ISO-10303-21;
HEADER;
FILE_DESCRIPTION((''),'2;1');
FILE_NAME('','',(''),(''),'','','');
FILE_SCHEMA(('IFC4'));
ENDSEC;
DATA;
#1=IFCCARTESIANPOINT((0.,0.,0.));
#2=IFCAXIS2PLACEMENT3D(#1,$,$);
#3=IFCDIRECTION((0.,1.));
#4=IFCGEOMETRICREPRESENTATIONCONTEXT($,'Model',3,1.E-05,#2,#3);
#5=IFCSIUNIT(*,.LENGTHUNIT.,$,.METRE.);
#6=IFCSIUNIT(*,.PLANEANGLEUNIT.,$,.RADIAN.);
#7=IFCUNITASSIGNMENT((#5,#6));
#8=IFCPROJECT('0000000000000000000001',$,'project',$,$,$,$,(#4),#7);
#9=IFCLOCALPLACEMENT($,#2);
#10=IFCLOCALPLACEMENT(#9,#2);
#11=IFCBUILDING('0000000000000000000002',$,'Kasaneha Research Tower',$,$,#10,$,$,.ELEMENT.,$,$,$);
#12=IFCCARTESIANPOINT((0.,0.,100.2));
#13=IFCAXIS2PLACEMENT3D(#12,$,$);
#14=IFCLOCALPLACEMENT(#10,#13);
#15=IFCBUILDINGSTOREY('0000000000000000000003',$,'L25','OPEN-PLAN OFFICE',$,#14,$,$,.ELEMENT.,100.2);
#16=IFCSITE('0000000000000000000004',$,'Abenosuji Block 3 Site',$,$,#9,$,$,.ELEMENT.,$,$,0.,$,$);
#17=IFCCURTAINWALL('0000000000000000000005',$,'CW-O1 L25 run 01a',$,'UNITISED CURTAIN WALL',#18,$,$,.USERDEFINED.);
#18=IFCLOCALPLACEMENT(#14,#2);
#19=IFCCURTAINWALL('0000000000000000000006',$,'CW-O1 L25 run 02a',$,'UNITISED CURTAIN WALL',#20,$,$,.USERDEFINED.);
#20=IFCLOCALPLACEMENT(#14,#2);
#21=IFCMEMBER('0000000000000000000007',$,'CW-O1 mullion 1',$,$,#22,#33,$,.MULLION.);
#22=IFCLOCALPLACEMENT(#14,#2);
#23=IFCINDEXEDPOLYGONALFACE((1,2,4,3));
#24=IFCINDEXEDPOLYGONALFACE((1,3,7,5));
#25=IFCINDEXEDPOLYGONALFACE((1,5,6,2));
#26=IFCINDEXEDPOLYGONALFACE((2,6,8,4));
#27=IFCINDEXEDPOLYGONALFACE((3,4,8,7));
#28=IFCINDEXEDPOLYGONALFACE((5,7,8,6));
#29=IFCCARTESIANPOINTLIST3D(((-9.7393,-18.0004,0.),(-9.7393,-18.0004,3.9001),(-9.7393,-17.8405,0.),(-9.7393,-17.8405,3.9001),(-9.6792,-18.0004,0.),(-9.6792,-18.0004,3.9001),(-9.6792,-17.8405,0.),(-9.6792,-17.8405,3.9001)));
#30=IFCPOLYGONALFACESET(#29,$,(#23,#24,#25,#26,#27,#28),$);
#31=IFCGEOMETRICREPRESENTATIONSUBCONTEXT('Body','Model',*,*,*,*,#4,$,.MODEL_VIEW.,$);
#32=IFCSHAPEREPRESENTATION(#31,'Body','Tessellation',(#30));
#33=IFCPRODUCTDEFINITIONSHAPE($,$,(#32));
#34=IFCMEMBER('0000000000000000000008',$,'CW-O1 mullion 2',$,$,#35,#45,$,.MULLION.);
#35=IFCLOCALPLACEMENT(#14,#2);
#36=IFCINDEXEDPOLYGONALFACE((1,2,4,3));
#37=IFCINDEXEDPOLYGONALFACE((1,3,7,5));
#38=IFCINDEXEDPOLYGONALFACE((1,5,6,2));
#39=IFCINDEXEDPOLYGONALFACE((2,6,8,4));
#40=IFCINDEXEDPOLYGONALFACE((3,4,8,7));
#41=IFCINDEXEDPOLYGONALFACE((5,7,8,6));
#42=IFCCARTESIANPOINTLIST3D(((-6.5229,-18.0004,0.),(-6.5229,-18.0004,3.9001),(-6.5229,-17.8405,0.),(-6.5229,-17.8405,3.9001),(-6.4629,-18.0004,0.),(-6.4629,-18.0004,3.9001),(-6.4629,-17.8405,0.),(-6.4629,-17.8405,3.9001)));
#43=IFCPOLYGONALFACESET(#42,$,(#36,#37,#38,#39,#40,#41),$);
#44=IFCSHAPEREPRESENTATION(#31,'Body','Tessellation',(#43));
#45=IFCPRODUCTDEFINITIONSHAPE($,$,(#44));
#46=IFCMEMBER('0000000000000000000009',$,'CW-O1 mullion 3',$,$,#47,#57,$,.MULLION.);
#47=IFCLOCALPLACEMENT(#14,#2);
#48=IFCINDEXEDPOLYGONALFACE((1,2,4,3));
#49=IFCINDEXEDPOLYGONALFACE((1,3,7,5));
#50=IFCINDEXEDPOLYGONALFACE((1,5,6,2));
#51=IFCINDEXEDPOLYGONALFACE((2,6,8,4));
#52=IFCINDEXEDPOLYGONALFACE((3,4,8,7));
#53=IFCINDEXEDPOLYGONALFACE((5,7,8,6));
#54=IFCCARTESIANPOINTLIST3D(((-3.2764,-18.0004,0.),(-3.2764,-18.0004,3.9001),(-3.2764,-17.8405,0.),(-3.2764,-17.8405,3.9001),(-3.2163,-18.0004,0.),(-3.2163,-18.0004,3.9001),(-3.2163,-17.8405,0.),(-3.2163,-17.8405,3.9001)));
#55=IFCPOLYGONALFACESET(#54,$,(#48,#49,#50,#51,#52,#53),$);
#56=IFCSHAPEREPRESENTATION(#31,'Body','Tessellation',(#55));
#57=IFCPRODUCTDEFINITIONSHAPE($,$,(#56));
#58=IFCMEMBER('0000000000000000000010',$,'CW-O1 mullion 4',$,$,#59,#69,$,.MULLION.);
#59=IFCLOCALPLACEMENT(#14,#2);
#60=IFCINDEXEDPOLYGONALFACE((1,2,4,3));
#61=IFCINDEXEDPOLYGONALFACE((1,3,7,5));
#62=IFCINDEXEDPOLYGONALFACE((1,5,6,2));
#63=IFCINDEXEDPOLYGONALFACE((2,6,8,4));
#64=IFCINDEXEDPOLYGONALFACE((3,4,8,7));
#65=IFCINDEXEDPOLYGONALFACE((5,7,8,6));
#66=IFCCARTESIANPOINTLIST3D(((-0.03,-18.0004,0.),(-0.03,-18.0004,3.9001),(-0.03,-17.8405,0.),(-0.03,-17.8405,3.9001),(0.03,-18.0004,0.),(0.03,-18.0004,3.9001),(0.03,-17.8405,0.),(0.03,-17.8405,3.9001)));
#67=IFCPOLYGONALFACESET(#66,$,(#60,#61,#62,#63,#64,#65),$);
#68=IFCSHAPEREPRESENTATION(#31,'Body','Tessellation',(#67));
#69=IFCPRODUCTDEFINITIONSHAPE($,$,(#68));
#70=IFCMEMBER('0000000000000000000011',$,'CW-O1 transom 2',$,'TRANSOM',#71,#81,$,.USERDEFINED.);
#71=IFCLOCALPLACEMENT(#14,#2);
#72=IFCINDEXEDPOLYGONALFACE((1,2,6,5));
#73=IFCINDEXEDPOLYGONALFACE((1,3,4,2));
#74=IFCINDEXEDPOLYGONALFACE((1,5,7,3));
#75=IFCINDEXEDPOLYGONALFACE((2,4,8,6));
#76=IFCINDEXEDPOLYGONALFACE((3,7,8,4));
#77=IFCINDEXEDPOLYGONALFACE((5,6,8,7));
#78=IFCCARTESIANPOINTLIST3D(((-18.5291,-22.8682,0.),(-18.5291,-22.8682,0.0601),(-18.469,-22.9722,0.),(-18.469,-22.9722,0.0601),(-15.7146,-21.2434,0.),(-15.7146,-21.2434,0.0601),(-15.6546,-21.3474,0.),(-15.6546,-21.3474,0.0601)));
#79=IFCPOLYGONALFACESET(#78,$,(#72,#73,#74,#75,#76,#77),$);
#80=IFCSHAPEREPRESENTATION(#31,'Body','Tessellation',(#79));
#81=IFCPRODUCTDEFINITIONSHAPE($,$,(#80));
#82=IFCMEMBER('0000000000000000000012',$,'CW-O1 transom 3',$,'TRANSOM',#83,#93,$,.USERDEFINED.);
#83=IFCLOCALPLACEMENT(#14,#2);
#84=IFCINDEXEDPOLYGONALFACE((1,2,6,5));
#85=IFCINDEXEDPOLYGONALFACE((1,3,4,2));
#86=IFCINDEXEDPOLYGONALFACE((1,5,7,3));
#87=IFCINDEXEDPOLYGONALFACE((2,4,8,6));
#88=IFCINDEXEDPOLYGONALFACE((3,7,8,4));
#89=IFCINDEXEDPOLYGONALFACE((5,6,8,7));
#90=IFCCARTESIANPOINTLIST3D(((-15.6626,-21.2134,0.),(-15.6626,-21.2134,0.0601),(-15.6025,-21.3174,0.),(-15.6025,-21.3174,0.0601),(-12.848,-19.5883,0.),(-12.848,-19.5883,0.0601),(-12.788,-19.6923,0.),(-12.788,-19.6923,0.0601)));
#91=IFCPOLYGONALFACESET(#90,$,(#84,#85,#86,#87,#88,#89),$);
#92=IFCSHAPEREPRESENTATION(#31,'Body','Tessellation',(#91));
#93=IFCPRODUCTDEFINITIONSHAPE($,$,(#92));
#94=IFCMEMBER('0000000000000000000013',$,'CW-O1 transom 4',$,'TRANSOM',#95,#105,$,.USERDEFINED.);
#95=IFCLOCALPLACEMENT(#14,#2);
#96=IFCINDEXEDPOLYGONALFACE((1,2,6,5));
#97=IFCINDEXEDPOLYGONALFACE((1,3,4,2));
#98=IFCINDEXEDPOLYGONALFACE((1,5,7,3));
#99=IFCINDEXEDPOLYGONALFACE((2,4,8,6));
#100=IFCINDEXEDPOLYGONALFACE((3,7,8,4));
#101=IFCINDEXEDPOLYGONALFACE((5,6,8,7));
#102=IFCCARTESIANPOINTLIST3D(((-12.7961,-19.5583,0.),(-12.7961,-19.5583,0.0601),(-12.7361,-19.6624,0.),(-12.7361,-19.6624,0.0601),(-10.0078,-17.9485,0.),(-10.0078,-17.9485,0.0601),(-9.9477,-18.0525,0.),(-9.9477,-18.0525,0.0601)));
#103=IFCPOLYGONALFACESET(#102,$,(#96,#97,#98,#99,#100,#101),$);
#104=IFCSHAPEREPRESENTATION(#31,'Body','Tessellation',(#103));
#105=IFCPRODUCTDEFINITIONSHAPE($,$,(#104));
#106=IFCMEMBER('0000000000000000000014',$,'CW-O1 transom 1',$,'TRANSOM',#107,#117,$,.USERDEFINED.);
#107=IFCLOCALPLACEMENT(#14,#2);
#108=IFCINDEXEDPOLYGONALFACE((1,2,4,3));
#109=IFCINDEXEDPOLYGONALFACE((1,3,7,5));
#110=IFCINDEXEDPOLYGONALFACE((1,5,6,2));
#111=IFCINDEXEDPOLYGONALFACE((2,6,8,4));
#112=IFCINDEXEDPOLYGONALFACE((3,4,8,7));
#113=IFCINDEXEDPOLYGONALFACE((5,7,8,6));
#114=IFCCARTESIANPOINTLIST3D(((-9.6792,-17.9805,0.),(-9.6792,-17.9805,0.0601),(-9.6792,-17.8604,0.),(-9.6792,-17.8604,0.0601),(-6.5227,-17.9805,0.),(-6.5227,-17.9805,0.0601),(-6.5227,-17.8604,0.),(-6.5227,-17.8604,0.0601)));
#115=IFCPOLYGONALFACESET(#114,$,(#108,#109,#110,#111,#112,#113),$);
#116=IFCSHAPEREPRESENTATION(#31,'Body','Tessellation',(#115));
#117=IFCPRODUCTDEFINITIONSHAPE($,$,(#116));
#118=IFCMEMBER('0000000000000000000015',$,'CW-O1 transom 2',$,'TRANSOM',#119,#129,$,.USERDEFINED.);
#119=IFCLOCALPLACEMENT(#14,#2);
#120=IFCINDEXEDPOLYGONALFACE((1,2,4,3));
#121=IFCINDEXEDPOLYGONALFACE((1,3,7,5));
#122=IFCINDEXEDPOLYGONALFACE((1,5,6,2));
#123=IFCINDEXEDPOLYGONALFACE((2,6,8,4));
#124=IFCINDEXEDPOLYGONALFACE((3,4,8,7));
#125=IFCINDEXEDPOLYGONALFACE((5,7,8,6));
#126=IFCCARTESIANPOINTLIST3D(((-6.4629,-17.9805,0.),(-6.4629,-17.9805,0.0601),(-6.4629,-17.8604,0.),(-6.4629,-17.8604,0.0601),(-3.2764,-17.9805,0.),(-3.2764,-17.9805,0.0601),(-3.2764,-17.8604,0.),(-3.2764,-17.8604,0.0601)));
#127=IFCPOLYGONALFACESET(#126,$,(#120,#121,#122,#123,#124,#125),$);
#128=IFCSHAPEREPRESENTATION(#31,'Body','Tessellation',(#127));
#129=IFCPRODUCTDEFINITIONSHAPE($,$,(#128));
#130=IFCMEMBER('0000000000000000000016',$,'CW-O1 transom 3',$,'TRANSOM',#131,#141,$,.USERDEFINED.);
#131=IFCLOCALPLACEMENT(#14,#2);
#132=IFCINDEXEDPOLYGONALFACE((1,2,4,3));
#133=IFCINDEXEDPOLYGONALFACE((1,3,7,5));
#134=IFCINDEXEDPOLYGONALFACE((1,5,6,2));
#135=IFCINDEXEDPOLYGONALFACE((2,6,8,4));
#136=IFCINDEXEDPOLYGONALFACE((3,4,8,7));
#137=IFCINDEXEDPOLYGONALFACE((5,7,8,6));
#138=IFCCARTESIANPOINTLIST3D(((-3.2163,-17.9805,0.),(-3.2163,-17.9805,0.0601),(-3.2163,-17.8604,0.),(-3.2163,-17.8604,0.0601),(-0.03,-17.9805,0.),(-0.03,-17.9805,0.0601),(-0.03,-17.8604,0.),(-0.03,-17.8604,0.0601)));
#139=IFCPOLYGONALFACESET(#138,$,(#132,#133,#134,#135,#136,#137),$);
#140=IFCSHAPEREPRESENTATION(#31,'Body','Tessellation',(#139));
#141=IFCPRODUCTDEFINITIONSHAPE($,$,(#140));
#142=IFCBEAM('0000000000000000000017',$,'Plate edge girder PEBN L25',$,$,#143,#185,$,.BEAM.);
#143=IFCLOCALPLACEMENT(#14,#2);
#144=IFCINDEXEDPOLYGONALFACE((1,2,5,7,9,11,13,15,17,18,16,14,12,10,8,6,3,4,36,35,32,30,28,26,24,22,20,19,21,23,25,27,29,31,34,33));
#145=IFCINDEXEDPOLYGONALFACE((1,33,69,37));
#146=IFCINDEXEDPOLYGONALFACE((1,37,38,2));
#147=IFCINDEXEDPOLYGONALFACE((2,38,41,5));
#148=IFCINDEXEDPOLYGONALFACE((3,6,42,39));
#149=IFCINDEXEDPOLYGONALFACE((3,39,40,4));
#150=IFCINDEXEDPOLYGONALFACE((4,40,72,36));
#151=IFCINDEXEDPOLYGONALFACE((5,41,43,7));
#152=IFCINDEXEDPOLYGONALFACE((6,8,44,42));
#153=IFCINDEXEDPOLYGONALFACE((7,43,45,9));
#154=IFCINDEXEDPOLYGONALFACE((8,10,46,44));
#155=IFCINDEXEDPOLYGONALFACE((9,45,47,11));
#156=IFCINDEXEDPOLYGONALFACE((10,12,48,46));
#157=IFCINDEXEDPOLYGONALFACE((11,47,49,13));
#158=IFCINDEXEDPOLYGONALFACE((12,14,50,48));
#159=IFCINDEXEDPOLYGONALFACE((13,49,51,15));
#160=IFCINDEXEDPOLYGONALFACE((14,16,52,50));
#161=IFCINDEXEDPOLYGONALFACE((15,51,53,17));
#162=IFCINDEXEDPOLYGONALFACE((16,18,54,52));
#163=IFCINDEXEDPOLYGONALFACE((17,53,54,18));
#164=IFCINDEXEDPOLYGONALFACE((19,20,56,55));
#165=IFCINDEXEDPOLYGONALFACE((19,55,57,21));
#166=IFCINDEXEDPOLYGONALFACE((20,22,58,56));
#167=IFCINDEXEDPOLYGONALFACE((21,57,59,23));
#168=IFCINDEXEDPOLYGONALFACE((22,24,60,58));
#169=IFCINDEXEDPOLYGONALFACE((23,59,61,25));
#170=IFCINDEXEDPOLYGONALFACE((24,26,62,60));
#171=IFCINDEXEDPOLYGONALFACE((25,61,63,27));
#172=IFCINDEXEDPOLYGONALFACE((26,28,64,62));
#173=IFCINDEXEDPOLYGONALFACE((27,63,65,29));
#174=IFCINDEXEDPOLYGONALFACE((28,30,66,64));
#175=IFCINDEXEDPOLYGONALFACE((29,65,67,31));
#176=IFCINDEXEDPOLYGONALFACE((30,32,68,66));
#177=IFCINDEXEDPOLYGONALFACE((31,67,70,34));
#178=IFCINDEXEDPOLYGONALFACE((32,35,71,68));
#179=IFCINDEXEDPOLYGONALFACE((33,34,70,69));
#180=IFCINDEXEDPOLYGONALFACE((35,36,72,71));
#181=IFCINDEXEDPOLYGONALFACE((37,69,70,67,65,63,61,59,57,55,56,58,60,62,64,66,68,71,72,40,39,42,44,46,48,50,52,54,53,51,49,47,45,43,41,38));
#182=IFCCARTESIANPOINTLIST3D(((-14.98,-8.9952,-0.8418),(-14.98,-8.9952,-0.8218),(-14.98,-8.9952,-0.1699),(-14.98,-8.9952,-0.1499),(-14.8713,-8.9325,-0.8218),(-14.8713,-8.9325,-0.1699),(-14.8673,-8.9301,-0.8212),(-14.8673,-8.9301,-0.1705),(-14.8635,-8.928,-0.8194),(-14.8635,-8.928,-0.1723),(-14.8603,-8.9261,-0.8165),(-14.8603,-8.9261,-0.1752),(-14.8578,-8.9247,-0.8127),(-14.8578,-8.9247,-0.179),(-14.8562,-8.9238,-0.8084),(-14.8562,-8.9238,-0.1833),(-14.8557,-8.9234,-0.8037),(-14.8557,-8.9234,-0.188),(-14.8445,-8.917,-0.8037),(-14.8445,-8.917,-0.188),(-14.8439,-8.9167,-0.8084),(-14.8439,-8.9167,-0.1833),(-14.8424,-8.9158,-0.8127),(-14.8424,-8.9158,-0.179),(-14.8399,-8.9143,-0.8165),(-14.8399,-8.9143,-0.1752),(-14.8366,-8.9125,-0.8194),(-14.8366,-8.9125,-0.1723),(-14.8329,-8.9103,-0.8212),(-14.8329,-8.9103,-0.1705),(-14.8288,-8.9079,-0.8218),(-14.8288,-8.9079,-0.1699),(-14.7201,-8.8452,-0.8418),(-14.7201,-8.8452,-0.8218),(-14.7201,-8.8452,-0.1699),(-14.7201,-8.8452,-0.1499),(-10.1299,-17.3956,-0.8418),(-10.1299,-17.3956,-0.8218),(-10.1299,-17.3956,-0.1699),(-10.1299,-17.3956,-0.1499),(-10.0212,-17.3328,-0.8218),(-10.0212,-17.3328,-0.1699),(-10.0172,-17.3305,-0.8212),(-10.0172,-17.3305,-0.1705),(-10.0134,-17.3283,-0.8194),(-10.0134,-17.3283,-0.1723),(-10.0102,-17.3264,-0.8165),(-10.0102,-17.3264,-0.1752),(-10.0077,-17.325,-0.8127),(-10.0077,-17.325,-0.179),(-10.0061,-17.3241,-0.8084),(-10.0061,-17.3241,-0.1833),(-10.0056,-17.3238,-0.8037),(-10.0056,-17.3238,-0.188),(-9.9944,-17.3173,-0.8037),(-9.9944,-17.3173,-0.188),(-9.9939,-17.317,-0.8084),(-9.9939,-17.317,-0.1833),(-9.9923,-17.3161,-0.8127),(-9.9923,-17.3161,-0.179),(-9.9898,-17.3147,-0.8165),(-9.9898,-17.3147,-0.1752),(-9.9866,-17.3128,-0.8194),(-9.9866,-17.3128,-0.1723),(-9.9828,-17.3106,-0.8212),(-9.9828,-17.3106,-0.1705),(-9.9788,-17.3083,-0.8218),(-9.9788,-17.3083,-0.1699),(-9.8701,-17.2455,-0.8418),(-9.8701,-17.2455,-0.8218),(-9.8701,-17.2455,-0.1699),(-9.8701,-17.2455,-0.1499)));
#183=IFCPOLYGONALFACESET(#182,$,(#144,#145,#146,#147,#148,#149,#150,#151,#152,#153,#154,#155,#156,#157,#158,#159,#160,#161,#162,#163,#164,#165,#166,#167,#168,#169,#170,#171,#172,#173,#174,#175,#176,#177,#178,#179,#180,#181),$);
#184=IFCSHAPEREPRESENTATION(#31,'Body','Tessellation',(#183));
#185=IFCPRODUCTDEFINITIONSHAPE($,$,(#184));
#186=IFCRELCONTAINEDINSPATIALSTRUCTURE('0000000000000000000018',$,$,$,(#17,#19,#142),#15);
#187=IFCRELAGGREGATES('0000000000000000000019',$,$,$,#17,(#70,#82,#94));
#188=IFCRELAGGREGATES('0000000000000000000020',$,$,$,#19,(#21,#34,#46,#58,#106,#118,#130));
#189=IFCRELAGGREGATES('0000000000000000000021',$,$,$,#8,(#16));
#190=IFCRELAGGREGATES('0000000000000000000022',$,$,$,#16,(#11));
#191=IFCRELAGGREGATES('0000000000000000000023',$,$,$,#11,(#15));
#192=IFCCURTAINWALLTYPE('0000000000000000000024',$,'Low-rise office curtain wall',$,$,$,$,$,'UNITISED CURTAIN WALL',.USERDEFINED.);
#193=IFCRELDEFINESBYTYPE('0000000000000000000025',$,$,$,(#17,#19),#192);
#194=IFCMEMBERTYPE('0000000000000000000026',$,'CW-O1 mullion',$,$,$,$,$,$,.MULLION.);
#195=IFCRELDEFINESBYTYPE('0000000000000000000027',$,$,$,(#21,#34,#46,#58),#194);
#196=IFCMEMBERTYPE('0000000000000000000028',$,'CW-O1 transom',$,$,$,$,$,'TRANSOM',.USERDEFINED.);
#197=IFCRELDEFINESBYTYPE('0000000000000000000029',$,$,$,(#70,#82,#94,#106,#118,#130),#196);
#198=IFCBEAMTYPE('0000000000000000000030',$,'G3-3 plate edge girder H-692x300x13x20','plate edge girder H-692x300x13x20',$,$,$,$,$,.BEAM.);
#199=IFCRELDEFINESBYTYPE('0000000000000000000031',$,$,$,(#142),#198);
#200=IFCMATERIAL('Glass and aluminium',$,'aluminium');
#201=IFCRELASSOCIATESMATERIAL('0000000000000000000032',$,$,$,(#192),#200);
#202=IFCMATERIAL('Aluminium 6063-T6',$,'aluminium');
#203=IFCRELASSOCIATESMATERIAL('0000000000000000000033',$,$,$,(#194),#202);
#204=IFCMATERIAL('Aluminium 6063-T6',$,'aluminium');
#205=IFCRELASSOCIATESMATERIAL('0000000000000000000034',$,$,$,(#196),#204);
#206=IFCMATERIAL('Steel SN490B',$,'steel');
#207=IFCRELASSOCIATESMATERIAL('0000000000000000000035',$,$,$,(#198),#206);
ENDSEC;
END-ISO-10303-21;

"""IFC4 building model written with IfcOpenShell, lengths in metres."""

from ifc_helpers import new_model, si_unit, direction, frame, origin, origin_2d, place, context, subcontext, project, spatial, rectangle, i_section, extrude, material, material_profile, profile_set, type_object, element, aggregate, save


model = new_model("IFC4")

# Units and contexts
model_context = context("Model", 3, precision=1e-05, world=origin(), true_north=direction((0.0, 1.0)))
body_context = subcontext(model_context, "Body", "Model", "MODEL_VIEW")
ifc_project = project(units=[si_unit("LENGTHUNIT", "METRE"), si_unit("PLANEANGLEUNIT", "RADIAN")], contexts=[model_context])

# Site, building, storey
site_placement = place(None, origin())
site = spatial("IfcSite", under=ifc_project, at=site_placement, Name="Abenosuji Block 3 Site", CompositionType="ELEMENT", RefElevation=0.0)
building_placement = place(site_placement, origin())
building = spatial("IfcBuilding", under=site, at=building_placement, Name="Kasaneha Research Tower", CompositionType="ELEMENT")
storey_placement = place(building_placement, frame((0.0, 0.0, 100.2)))
storey = spatial("IfcBuildingStorey", under=building, at=storey_placement, Name="L25", Description="OPEN-PLAN OFFICE", CompositionType="ELEMENT", Elevation=100.2)

# Curtain walls, members
ifc_material_1 = material(Name="Glass and aluminium", Category="aluminium")
curtain_wall_type = type_object("IfcCurtainWallType", Name="Low-rise office curtain wall", ElementType="UNITISED CURTAIN WALL", PredefinedType="USERDEFINED", material=ifc_material_1)
curtain_wall_1_placement = place(storey_placement, origin())
curtain_wall_1 = element("IfcCurtainWall", 1, at=curtain_wall_1_placement, inside=storey, type_object=curtain_wall_type, Name="CW-O1 L25 run 01a", ObjectType="UNITISED CURTAIN WALL", PredefinedType="USERDEFINED")
ifc_material_2 = material(Name="Aluminium 6063-T6", Category="aluminium")
ifc_material_profile_1 = material_profile(ifc_material_2, rectangle(XDim=0.0601, YDim=0.1599, at=origin_2d()), Name="CW-O1 mullion 60x160")
ifc_profile_set_1 = profile_set([ifc_material_profile_1], Name="Aluminium 6063-T6")
member_type_1 = type_object("IfcMemberType", Name="CW-O1 mullion", PredefinedType="MULLION", material=ifc_profile_set_1)
curtain_wall_2_placement = place(storey_placement, origin())
curtain_wall_2 = element("IfcCurtainWall", 2, at=curtain_wall_2_placement, inside=storey, type_object=curtain_wall_type, Name="CW-O1 L25 run 02a", ObjectType="UNITISED CURTAIN WALL", PredefinedType="USERDEFINED")
member_1_placement = place(storey_placement, frame((-9.7092, -17.9204, 0.0), z_axis=(0.0, 0.0, 1.0), x_axis=(1.0, 0.0, 0.0)))
member_1 = element("IfcMember", 3, at=member_1_placement, type_object=member_type_1, Name="CW-O1 mullion 1", PredefinedType="MULLION", context=body_context, shape_type="SweptSolid", body=[
    extrude(rectangle(XDim=0.0601, YDim=0.1599, at=origin_2d()), origin(), (0.0, 0.0, 1.0), 3.9001),
])
member_2_placement = place(storey_placement, frame((-6.4929, -17.9204, 0.0), z_axis=(0.0, 0.0, 1.0), x_axis=(1.0, 0.0, 0.0)))
member_2 = element("IfcMember", 4, at=member_2_placement, type_object=member_type_1, Name="CW-O1 mullion 2", PredefinedType="MULLION", context=body_context, shape_type="SweptSolid", body=[
    extrude(rectangle(XDim=0.0601, YDim=0.1599, at=origin_2d()), origin(), (0.0, 0.0, 1.0), 3.9001),
])
member_3_placement = place(storey_placement, frame((-3.2463, -17.9204, 0.0), z_axis=(0.0, 0.0, 1.0), x_axis=(1.0, 0.0, 0.0)))
member_3 = element("IfcMember", 5, at=member_3_placement, type_object=member_type_1, Name="CW-O1 mullion 3", PredefinedType="MULLION", context=body_context, shape_type="SweptSolid", body=[
    extrude(rectangle(XDim=0.0601, YDim=0.1599, at=origin_2d()), origin(), (0.0, 0.0, 1.0), 3.9001),
])
member_4_placement = place(storey_placement, frame((0.0, -17.9204, 0.0), z_axis=(0.0, 0.0, 1.0), x_axis=(1.0, 0.0, 0.0)))
member_4 = element("IfcMember", 6, at=member_4_placement, type_object=member_type_1, Name="CW-O1 mullion 4", PredefinedType="MULLION", context=body_context, shape_type="SweptSolid", body=[
    extrude(rectangle(XDim=0.0601, YDim=0.1599, at=origin_2d()), origin(), (0.0, 0.0, 1.0), 3.9001),
])

# Members
ifc_material_3 = material(Name="Aluminium 6063-T6", Category="aluminium")
ifc_material_profile_2 = material_profile(ifc_material_3, rectangle(XDim=0.1201, YDim=0.0601, at=origin_2d()), Name="CW-O1 transom 120x60")
ifc_profile_set_2 = profile_set([ifc_material_profile_2], Name="Aluminium 6063-T6")
member_type_2 = type_object("IfcMemberType", Name="CW-O1 transom", ElementType="TRANSOM", PredefinedType="USERDEFINED", material=ifc_profile_set_2)
member_5_placement = place(storey_placement, frame((-18.499, -22.9202, 0.03), z_axis=(0.866048, 0.499961, 0.0), x_axis=(-0.499961, 0.866048, 0.0)))
member_5 = element("IfcMember", 7, at=member_5_placement, type_object=member_type_2, Name="CW-O1 transom 2", ObjectType="TRANSOM", PredefinedType="USERDEFINED", context=body_context, shape_type="SweptSolid", body=[
    extrude(rectangle(XDim=0.1201, YDim=0.0601, at=origin_2d()), origin(), (0.0, 0.0, 1.0), 3.2498),
])
member_6_placement = place(storey_placement, frame((-15.6326, -21.2654, 0.03), z_axis=(0.866015, 0.500017, 0.0), x_axis=(-0.500017, 0.866015, 0.0)))
member_6 = element("IfcMember", 8, at=member_6_placement, type_object=member_type_2, Name="CW-O1 transom 3", ObjectType="TRANSOM", PredefinedType="USERDEFINED", context=body_context, shape_type="SweptSolid", body=[
    extrude(rectangle(XDim=0.1201, YDim=0.0601, at=origin_2d()), origin(), (0.0, 0.0, 1.0), 3.25),
])
member_7_placement = place(storey_placement, frame((-12.7661, -19.6104, 0.03), z_axis=(0.866023, 0.500005, 0.0), x_axis=(-0.500005, 0.866023, 0.0)))
member_7 = element("IfcMember", 9, at=member_7_placement, type_object=member_type_2, Name="CW-O1 transom 4", ObjectType="TRANSOM", PredefinedType="USERDEFINED", context=body_context, shape_type="SweptSolid", body=[
    extrude(rectangle(XDim=0.1201, YDim=0.0601, at=origin_2d()), origin(), (0.0, 0.0, 1.0), 3.2197),
])
member_8_placement = place(storey_placement, frame((-9.6792, -17.9204, 0.03), z_axis=(1.0, 0.0, 0.0), x_axis=(0.0, 1.0, 0.0)))
member_8 = element("IfcMember", 10, at=member_8_placement, type_object=member_type_2, Name="CW-O1 transom 1", ObjectType="TRANSOM", PredefinedType="USERDEFINED", context=body_context, shape_type="SweptSolid", body=[
    extrude(rectangle(XDim=0.1201, YDim=0.0601, at=origin_2d()), origin(), (0.0, 0.0, 1.0), 3.1565),
])
member_9_placement = place(storey_placement, frame((-6.4629, -17.9204, 0.03), z_axis=(1.0, 0.0, 0.0), x_axis=(0.0, 1.0, 0.0)))
member_9 = element("IfcMember", 11, at=member_9_placement, type_object=member_type_2, Name="CW-O1 transom 2", ObjectType="TRANSOM", PredefinedType="USERDEFINED", context=body_context, shape_type="SweptSolid", body=[
    extrude(rectangle(XDim=0.1201, YDim=0.0601, at=origin_2d()), origin(), (0.0, 0.0, 1.0), 3.1865),
])
member_10_placement = place(storey_placement, frame((-3.2163, -17.9204, 0.03), z_axis=(1.0, 0.0, 0.0), x_axis=(0.0, 1.0, 0.0)))
member_10 = element("IfcMember", 12, at=member_10_placement, type_object=member_type_2, Name="CW-O1 transom 3", ObjectType="TRANSOM", PredefinedType="USERDEFINED", context=body_context, shape_type="SweptSolid", body=[
    extrude(rectangle(XDim=0.1201, YDim=0.0601, at=origin_2d()), origin(), (0.0, 0.0, 1.0), 3.1863),
])

# Beam
ifc_material_4 = material(Name="Steel SN490B", Category="steel")
ifc_material_profile_3 = material_profile(ifc_material_4, i_section(OverallWidth=0.3, OverallDepth=0.6919, WebThickness=0.0129, FlangeThickness=0.02, FilletRadius=0.0181, at=origin_2d()), Name="H-692x300x13x20")
ifc_profile_set_3 = profile_set([ifc_material_profile_3], Name="Steel SN490B")
beam_type_1 = type_object("IfcBeamType", Name="G3-3 plate edge girder H-692x300x13x20", Description="plate edge girder H-692x300x13x20", PredefinedType="BEAM", material=ifc_profile_set_3)
beam_1_placement = place(storey_placement, frame((-10.0, -17.3206, -0.4958), z_axis=(-0.50001, 0.86602, 0.0), x_axis=(-0.86602, -0.50001, 0.0)))
element("IfcBeam", 13, at=beam_1_placement, inside=storey, type_object=beam_type_1, Name="Plate edge girder PEBN L25", PredefinedType="BEAM", context=body_context, shape_type="SweptSolid", body=[
    extrude(i_section(OverallWidth=0.3, OverallDepth=0.6919, WebThickness=0.0129, FlangeThickness=0.02, FilletRadius=0.0181, at=origin_2d()), origin(), (0.0, 0.0, 1.0), 9.7),
])

aggregate(curtain_wall_1, [member_5, member_6, member_7])
aggregate(curtain_wall_2, [member_1, member_2, member_3, member_4, member_8, member_9, member_10])

save(model, "model.ifc")
